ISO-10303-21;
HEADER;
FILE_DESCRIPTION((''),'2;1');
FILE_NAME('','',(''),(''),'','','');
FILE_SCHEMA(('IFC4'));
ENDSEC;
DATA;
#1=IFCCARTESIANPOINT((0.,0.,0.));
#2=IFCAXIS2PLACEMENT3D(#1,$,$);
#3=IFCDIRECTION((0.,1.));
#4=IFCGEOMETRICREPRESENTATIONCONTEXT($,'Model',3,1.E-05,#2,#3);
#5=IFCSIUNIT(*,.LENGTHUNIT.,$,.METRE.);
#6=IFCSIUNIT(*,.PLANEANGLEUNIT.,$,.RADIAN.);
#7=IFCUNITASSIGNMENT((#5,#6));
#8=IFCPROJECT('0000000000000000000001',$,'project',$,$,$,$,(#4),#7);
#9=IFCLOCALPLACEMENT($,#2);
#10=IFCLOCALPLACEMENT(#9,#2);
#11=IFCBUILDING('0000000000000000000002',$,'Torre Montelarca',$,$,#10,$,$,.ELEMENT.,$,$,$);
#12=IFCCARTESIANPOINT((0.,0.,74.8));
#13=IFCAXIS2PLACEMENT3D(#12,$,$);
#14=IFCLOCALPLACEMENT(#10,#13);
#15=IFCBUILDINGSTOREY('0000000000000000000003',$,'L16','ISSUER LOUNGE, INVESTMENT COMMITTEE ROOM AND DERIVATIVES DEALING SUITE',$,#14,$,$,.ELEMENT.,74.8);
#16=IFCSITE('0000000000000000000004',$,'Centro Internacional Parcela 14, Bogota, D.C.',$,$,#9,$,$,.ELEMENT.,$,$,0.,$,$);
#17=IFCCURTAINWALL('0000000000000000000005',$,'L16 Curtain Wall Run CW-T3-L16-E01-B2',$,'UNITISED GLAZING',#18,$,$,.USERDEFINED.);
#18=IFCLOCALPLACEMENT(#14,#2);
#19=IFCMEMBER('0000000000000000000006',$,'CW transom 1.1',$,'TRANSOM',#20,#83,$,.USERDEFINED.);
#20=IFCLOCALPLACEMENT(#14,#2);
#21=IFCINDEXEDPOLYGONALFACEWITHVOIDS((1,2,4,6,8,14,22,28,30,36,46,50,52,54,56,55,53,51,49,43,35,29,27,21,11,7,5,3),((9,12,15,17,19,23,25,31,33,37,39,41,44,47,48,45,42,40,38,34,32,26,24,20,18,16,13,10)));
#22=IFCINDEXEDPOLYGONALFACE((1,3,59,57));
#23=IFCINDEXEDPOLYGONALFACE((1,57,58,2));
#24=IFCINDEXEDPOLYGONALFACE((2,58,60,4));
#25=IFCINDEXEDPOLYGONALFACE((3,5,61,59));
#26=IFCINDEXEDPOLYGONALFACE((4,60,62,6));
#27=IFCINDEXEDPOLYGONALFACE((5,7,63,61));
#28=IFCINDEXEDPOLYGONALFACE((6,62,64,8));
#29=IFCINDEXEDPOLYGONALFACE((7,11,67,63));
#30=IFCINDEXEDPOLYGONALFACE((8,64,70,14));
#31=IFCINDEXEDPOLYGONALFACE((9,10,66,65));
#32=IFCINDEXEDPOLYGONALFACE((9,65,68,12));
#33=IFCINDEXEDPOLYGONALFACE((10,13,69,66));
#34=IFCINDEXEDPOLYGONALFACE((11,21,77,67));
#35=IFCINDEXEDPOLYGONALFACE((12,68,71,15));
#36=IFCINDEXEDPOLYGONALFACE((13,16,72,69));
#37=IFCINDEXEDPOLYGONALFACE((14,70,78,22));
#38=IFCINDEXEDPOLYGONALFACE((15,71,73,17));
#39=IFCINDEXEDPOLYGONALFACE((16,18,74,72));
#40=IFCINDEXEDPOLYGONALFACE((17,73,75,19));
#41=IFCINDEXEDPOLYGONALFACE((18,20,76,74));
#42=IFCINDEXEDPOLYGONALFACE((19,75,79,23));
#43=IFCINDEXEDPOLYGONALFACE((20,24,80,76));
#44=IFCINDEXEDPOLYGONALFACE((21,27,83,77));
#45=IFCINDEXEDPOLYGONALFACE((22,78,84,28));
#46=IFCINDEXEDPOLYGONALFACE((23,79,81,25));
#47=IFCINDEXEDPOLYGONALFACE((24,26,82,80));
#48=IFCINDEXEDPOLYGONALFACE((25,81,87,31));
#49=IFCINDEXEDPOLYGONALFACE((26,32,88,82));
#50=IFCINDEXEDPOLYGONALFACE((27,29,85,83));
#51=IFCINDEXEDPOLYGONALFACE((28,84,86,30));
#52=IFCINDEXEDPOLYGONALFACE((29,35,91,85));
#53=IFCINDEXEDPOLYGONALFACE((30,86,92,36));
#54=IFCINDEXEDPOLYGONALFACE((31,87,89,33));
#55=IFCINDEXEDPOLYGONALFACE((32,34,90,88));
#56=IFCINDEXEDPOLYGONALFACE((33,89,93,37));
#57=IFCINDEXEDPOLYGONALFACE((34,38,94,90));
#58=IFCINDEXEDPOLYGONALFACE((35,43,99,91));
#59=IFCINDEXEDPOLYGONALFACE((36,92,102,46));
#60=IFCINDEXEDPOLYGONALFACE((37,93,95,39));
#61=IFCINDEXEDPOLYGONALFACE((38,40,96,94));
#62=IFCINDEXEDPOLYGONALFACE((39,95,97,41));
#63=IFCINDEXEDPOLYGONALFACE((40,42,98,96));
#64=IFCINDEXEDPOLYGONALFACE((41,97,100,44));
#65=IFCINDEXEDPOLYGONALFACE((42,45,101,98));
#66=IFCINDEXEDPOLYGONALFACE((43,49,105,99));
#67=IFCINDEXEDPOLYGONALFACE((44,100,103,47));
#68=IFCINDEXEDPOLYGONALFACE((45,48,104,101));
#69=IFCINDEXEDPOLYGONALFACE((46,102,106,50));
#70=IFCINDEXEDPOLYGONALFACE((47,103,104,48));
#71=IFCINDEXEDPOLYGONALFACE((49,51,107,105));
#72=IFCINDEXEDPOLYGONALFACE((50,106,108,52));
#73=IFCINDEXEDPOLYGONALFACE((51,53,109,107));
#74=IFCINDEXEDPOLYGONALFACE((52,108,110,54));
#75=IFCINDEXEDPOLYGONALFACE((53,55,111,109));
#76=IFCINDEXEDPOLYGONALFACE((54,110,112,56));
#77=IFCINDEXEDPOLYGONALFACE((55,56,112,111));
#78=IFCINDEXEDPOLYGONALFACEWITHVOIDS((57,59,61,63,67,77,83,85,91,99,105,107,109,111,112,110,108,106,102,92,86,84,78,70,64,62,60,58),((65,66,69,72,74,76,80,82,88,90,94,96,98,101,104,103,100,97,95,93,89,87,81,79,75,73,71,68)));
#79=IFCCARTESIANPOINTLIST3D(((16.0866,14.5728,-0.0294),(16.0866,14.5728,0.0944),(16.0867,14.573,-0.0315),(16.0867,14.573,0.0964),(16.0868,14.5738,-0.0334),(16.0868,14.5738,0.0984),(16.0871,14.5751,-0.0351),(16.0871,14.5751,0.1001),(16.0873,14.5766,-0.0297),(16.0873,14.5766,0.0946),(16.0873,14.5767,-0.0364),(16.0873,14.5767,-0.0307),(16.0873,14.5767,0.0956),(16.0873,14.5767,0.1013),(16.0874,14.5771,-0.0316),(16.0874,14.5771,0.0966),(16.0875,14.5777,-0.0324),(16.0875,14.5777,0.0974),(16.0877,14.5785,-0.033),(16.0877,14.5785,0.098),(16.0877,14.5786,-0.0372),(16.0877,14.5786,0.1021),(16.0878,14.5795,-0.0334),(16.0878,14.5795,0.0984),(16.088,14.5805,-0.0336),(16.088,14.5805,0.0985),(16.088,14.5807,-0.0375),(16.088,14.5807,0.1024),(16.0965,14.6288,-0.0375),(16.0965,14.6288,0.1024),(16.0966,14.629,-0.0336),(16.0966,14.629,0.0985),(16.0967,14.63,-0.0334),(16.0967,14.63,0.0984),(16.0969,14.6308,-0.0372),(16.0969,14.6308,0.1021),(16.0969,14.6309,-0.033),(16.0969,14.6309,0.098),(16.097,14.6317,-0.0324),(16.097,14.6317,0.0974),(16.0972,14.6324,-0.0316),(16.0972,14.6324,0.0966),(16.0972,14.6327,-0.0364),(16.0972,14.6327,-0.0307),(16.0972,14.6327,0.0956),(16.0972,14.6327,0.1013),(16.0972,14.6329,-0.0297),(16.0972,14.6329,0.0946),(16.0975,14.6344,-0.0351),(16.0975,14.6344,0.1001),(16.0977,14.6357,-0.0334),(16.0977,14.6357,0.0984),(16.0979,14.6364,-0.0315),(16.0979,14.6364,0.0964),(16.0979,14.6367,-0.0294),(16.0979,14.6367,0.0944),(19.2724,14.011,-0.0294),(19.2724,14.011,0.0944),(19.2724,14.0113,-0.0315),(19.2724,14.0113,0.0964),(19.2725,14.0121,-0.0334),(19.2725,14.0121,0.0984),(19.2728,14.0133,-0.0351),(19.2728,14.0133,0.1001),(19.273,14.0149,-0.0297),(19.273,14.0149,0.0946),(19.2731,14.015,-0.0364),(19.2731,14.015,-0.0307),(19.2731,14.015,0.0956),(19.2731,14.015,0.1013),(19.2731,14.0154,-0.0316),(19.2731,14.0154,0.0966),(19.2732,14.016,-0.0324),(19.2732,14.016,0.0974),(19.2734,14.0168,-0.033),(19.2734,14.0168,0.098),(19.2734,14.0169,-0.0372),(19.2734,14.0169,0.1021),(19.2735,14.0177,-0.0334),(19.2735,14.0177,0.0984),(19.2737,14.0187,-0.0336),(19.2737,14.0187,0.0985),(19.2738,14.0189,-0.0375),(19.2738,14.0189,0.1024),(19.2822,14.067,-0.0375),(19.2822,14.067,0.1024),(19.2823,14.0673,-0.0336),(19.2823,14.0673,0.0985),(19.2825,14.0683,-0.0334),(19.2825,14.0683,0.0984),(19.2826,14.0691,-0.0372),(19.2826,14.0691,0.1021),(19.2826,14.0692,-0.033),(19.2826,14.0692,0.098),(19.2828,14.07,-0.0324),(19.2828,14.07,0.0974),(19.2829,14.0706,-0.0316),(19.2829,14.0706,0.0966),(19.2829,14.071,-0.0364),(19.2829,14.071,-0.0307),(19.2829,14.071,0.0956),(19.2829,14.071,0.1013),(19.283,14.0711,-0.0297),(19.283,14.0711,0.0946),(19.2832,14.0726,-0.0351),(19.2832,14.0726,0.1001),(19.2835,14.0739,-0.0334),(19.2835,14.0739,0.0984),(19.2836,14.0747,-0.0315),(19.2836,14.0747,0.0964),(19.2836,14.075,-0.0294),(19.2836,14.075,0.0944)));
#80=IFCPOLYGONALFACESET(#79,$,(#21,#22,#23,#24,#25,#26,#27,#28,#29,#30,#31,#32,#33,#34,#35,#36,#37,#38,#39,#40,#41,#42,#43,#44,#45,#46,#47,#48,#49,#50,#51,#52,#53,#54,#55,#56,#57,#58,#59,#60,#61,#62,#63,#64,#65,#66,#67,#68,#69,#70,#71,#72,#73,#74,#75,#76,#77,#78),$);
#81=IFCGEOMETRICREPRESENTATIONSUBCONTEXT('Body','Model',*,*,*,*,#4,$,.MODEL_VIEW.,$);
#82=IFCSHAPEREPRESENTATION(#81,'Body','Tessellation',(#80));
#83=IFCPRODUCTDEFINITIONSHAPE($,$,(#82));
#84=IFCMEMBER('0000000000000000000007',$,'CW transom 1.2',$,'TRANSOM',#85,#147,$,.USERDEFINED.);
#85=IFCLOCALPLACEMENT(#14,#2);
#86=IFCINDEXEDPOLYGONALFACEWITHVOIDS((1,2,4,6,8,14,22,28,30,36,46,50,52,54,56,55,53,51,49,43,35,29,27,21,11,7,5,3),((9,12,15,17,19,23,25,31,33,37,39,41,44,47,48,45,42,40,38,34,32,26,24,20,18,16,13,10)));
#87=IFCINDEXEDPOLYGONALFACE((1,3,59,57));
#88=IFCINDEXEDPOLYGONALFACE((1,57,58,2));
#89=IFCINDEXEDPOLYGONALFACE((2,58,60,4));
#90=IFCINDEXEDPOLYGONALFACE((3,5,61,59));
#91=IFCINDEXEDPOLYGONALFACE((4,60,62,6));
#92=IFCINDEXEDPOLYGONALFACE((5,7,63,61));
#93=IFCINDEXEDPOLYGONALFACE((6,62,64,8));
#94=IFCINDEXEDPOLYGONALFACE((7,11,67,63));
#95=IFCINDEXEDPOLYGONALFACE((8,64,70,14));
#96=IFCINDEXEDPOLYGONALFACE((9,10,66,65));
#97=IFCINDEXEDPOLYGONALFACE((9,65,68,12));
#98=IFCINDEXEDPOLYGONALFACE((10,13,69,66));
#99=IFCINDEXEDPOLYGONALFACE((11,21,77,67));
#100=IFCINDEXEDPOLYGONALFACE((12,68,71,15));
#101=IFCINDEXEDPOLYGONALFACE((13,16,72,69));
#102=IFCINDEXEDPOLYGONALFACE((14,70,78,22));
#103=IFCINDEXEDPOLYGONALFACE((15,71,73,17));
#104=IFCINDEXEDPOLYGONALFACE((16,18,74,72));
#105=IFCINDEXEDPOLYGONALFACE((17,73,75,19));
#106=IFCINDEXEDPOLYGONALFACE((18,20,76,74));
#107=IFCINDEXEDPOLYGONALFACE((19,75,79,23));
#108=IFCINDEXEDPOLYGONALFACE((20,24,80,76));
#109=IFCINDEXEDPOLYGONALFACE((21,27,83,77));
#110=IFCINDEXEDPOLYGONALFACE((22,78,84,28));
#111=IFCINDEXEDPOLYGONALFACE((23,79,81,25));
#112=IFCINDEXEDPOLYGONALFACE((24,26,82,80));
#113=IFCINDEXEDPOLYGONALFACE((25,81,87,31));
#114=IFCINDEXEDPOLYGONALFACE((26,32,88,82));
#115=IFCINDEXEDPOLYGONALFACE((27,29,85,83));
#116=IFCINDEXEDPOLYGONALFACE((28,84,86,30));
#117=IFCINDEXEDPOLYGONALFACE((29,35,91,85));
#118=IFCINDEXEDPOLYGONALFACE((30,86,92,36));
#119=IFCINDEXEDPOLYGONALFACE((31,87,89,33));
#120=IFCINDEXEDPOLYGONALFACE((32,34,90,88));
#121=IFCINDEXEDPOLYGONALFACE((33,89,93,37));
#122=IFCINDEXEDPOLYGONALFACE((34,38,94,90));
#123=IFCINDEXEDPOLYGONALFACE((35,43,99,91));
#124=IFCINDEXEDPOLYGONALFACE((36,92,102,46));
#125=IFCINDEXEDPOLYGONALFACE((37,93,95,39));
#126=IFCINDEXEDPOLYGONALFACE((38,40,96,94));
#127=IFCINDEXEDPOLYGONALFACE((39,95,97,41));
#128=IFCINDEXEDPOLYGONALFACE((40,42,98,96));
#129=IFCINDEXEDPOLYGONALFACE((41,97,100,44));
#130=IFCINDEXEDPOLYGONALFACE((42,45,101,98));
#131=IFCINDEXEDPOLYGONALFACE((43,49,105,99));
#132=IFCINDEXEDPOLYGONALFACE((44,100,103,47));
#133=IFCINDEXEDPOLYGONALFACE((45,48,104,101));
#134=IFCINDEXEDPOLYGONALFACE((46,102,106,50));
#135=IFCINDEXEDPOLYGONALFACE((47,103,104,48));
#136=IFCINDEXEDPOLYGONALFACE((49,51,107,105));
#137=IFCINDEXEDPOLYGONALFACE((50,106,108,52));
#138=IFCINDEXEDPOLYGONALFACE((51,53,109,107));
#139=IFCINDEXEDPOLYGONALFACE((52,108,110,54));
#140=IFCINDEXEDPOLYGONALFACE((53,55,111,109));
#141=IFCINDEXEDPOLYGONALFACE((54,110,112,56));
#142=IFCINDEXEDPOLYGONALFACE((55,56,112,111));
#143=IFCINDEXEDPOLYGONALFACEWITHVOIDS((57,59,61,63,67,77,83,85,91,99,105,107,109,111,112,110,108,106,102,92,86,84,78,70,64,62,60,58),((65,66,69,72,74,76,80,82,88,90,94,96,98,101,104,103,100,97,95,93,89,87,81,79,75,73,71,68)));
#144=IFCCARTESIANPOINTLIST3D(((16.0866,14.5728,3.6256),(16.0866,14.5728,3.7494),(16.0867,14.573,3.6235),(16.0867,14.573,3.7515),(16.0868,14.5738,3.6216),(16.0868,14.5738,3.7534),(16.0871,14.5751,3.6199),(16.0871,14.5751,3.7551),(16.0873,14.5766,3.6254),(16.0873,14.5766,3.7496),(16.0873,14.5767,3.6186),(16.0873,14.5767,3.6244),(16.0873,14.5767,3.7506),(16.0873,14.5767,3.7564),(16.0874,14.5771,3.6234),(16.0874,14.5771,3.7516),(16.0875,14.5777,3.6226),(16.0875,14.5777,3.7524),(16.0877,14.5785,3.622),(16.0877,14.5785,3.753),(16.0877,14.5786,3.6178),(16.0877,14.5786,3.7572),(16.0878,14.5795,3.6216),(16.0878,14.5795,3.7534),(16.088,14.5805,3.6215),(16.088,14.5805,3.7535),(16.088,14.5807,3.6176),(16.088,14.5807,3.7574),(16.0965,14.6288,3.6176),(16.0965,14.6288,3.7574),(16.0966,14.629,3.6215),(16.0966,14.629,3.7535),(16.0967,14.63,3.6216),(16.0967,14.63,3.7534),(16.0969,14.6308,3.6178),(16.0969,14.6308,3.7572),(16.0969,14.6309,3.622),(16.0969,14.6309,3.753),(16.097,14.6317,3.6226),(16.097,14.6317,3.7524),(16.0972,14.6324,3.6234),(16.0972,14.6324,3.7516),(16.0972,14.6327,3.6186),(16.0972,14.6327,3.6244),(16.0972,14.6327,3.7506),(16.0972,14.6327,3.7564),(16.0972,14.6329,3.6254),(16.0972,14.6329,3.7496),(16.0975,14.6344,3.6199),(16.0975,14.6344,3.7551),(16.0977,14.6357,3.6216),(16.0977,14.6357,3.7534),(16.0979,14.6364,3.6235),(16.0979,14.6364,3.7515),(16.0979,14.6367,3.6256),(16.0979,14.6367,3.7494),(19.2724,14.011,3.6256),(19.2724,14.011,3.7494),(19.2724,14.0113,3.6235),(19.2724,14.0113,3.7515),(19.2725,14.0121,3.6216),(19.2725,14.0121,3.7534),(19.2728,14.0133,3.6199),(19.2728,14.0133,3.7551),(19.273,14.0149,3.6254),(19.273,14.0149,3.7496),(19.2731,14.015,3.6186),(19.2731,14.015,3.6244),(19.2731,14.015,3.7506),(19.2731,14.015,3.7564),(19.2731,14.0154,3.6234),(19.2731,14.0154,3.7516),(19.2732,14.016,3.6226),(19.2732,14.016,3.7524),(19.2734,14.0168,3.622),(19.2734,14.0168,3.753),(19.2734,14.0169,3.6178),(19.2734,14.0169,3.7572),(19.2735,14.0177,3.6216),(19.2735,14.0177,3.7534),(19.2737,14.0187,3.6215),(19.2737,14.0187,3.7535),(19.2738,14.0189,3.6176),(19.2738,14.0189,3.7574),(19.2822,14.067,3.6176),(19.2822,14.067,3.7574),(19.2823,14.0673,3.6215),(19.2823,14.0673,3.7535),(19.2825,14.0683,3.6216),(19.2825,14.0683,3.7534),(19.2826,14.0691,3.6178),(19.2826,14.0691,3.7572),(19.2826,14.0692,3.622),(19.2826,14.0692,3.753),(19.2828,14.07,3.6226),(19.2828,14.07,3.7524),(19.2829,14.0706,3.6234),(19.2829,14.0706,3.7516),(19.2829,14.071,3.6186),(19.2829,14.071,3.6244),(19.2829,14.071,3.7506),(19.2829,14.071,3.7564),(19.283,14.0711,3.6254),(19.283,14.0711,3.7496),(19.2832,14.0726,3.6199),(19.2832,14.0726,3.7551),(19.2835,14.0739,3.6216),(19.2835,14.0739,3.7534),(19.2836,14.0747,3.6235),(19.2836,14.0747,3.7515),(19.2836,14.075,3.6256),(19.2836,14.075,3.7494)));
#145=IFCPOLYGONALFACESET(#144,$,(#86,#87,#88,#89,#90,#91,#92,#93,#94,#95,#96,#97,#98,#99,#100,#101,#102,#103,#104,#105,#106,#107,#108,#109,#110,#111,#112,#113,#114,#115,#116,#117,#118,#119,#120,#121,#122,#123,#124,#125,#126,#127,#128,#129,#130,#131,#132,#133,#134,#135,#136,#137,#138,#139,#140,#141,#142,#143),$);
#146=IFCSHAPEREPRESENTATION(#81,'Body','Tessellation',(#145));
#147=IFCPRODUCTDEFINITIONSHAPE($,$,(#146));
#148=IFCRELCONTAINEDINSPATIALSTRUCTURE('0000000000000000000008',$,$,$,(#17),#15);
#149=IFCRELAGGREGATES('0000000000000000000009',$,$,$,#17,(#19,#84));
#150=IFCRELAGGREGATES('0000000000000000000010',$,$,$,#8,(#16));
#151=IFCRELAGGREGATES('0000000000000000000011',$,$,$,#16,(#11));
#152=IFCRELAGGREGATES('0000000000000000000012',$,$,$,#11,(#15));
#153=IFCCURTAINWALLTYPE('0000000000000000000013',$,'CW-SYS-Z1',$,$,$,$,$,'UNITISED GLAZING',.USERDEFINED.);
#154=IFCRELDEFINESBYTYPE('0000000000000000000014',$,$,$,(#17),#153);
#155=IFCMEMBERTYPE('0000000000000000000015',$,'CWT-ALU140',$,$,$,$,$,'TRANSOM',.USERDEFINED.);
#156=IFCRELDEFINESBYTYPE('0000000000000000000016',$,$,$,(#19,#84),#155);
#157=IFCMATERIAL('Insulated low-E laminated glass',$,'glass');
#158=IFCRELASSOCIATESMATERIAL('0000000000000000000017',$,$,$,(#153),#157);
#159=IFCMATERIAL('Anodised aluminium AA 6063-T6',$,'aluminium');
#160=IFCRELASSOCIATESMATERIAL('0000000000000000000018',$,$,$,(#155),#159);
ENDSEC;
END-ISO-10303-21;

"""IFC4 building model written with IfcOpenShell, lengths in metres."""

from ifc_helpers import new_model, si_unit, direction, frame, origin, origin_2d, place, context, subcontext, project, spatial, hollow_rectangle, extrude, source, transform, mapped, material, material_profile, profile_set, type_object, element, aggregate, save


model = new_model("IFC4")

# Units and contexts
model_context = context("Model", 3, precision=1e-05, world=origin(), true_north=direction((0.0, 1.0)))
body_context = subcontext(model_context, "Body", "Model", "MODEL_VIEW")
ifc_project = project(units=[si_unit("LENGTHUNIT", "METRE"), si_unit("PLANEANGLEUNIT", "RADIAN")], contexts=[model_context])

# Site, building, storey
site_placement = place(None, origin())
site = spatial("IfcSite", under=ifc_project, at=site_placement, Name="Centro Internacional Parcela 14, Bogota, D.C.", CompositionType="ELEMENT", RefElevation=0.0)
building_placement = place(site_placement, origin())
building = spatial("IfcBuilding", under=site, at=building_placement, Name="Torre Montelarca", CompositionType="ELEMENT")
storey_placement = place(building_placement, frame((0.0, 0.0, 74.8)))
storey = spatial("IfcBuildingStorey", under=building, at=storey_placement, Name="L16", Description="ISSUER LOUNGE, INVESTMENT COMMITTEE ROOM AND DERIVATIVES DEALING SUITE", CompositionType="ELEMENT", Elevation=74.8)

# Curtain wall, members
ifc_material_1 = material(Name="Insulated low-E laminated glass", Category="glass")
curtain_wall_type = type_object("IfcCurtainWallType", Name="CW-SYS-Z1", ElementType="UNITISED GLAZING", PredefinedType="USERDEFINED", material=ifc_material_1)
ifc_material_2 = material(Name="Anodised aluminium AA 6063-T6", Category="aluminium")
ifc_material_profile_1 = material_profile(ifc_material_2, hollow_rectangle(XDim=0.0649, YDim=0.1399, WallThickness=0.0039, InnerFilletRadius=0.0039, OuterFilletRadius=0.0081, at=origin_2d()), Name="ALU65X140X4", Category="aluminium")
ifc_profile_set_1 = profile_set([ifc_material_profile_1], Name="Anodised aluminium AA 6063-T6")
member_type_1 = type_object("IfcMemberType", Name="CWT-ALU140", ElementType="TRANSOM", PredefinedType="USERDEFINED", material=ifc_profile_set_1)
curtain_wall_1_placement = place(storey_placement, origin())
curtain_wall_1 = element("IfcCurtainWall", 1, at=curtain_wall_1_placement, inside=storey, type_object=curtain_wall_type, Name="L16 Curtain Wall Run CW-T3-L16-E01-B2", ObjectType="UNITISED GLAZING", PredefinedType="USERDEFINED")
shared_shape_1 = source(origin(), body_context, "Body", "SweptSolid", [
    extrude(hollow_rectangle(XDim=0.0649, YDim=0.1399, WallThickness=0.0039, InnerFilletRadius=0.0039, OuterFilletRadius=0.0081, at=origin_2d()), origin(), (0.0, 0.0, 1.0), 3.2349),
])
member_1_placement = place(storey_placement, frame((16.0923, 14.6047, 0.0325), z_axis=(0.984806, -0.173656, 0.0), x_axis=(0.173656, 0.984806, 0.0)))
member_1 = element("IfcMember", 2, at=member_1_placement, type_object=member_type_1, Name="CW transom 1.1", ObjectType="TRANSOM", PredefinedType="USERDEFINED", context=body_context, shape_type="MappedRepresentation", body=[
    mapped(shared_shape_1, transform((0.0, 0.0, 0.0), scale=1.0)),
])
member_2_placement = place(storey_placement, frame((16.0923, 14.6047, 3.6875), z_axis=(0.984806, -0.173656, 0.0), x_axis=(0.173656, 0.984806, 0.0)))
member_2 = element("IfcMember", 3, at=member_2_placement, type_object=member_type_1, Name="CW transom 1.2", ObjectType="TRANSOM", PredefinedType="USERDEFINED", context=body_context, shape_type="MappedRepresentation", body=[
    mapped(shared_shape_1, transform((0.0, 0.0, 0.0), scale=1.0)),
])

aggregate(curtain_wall_1, [member_1, member_2])

save(model, "model.ifc")
